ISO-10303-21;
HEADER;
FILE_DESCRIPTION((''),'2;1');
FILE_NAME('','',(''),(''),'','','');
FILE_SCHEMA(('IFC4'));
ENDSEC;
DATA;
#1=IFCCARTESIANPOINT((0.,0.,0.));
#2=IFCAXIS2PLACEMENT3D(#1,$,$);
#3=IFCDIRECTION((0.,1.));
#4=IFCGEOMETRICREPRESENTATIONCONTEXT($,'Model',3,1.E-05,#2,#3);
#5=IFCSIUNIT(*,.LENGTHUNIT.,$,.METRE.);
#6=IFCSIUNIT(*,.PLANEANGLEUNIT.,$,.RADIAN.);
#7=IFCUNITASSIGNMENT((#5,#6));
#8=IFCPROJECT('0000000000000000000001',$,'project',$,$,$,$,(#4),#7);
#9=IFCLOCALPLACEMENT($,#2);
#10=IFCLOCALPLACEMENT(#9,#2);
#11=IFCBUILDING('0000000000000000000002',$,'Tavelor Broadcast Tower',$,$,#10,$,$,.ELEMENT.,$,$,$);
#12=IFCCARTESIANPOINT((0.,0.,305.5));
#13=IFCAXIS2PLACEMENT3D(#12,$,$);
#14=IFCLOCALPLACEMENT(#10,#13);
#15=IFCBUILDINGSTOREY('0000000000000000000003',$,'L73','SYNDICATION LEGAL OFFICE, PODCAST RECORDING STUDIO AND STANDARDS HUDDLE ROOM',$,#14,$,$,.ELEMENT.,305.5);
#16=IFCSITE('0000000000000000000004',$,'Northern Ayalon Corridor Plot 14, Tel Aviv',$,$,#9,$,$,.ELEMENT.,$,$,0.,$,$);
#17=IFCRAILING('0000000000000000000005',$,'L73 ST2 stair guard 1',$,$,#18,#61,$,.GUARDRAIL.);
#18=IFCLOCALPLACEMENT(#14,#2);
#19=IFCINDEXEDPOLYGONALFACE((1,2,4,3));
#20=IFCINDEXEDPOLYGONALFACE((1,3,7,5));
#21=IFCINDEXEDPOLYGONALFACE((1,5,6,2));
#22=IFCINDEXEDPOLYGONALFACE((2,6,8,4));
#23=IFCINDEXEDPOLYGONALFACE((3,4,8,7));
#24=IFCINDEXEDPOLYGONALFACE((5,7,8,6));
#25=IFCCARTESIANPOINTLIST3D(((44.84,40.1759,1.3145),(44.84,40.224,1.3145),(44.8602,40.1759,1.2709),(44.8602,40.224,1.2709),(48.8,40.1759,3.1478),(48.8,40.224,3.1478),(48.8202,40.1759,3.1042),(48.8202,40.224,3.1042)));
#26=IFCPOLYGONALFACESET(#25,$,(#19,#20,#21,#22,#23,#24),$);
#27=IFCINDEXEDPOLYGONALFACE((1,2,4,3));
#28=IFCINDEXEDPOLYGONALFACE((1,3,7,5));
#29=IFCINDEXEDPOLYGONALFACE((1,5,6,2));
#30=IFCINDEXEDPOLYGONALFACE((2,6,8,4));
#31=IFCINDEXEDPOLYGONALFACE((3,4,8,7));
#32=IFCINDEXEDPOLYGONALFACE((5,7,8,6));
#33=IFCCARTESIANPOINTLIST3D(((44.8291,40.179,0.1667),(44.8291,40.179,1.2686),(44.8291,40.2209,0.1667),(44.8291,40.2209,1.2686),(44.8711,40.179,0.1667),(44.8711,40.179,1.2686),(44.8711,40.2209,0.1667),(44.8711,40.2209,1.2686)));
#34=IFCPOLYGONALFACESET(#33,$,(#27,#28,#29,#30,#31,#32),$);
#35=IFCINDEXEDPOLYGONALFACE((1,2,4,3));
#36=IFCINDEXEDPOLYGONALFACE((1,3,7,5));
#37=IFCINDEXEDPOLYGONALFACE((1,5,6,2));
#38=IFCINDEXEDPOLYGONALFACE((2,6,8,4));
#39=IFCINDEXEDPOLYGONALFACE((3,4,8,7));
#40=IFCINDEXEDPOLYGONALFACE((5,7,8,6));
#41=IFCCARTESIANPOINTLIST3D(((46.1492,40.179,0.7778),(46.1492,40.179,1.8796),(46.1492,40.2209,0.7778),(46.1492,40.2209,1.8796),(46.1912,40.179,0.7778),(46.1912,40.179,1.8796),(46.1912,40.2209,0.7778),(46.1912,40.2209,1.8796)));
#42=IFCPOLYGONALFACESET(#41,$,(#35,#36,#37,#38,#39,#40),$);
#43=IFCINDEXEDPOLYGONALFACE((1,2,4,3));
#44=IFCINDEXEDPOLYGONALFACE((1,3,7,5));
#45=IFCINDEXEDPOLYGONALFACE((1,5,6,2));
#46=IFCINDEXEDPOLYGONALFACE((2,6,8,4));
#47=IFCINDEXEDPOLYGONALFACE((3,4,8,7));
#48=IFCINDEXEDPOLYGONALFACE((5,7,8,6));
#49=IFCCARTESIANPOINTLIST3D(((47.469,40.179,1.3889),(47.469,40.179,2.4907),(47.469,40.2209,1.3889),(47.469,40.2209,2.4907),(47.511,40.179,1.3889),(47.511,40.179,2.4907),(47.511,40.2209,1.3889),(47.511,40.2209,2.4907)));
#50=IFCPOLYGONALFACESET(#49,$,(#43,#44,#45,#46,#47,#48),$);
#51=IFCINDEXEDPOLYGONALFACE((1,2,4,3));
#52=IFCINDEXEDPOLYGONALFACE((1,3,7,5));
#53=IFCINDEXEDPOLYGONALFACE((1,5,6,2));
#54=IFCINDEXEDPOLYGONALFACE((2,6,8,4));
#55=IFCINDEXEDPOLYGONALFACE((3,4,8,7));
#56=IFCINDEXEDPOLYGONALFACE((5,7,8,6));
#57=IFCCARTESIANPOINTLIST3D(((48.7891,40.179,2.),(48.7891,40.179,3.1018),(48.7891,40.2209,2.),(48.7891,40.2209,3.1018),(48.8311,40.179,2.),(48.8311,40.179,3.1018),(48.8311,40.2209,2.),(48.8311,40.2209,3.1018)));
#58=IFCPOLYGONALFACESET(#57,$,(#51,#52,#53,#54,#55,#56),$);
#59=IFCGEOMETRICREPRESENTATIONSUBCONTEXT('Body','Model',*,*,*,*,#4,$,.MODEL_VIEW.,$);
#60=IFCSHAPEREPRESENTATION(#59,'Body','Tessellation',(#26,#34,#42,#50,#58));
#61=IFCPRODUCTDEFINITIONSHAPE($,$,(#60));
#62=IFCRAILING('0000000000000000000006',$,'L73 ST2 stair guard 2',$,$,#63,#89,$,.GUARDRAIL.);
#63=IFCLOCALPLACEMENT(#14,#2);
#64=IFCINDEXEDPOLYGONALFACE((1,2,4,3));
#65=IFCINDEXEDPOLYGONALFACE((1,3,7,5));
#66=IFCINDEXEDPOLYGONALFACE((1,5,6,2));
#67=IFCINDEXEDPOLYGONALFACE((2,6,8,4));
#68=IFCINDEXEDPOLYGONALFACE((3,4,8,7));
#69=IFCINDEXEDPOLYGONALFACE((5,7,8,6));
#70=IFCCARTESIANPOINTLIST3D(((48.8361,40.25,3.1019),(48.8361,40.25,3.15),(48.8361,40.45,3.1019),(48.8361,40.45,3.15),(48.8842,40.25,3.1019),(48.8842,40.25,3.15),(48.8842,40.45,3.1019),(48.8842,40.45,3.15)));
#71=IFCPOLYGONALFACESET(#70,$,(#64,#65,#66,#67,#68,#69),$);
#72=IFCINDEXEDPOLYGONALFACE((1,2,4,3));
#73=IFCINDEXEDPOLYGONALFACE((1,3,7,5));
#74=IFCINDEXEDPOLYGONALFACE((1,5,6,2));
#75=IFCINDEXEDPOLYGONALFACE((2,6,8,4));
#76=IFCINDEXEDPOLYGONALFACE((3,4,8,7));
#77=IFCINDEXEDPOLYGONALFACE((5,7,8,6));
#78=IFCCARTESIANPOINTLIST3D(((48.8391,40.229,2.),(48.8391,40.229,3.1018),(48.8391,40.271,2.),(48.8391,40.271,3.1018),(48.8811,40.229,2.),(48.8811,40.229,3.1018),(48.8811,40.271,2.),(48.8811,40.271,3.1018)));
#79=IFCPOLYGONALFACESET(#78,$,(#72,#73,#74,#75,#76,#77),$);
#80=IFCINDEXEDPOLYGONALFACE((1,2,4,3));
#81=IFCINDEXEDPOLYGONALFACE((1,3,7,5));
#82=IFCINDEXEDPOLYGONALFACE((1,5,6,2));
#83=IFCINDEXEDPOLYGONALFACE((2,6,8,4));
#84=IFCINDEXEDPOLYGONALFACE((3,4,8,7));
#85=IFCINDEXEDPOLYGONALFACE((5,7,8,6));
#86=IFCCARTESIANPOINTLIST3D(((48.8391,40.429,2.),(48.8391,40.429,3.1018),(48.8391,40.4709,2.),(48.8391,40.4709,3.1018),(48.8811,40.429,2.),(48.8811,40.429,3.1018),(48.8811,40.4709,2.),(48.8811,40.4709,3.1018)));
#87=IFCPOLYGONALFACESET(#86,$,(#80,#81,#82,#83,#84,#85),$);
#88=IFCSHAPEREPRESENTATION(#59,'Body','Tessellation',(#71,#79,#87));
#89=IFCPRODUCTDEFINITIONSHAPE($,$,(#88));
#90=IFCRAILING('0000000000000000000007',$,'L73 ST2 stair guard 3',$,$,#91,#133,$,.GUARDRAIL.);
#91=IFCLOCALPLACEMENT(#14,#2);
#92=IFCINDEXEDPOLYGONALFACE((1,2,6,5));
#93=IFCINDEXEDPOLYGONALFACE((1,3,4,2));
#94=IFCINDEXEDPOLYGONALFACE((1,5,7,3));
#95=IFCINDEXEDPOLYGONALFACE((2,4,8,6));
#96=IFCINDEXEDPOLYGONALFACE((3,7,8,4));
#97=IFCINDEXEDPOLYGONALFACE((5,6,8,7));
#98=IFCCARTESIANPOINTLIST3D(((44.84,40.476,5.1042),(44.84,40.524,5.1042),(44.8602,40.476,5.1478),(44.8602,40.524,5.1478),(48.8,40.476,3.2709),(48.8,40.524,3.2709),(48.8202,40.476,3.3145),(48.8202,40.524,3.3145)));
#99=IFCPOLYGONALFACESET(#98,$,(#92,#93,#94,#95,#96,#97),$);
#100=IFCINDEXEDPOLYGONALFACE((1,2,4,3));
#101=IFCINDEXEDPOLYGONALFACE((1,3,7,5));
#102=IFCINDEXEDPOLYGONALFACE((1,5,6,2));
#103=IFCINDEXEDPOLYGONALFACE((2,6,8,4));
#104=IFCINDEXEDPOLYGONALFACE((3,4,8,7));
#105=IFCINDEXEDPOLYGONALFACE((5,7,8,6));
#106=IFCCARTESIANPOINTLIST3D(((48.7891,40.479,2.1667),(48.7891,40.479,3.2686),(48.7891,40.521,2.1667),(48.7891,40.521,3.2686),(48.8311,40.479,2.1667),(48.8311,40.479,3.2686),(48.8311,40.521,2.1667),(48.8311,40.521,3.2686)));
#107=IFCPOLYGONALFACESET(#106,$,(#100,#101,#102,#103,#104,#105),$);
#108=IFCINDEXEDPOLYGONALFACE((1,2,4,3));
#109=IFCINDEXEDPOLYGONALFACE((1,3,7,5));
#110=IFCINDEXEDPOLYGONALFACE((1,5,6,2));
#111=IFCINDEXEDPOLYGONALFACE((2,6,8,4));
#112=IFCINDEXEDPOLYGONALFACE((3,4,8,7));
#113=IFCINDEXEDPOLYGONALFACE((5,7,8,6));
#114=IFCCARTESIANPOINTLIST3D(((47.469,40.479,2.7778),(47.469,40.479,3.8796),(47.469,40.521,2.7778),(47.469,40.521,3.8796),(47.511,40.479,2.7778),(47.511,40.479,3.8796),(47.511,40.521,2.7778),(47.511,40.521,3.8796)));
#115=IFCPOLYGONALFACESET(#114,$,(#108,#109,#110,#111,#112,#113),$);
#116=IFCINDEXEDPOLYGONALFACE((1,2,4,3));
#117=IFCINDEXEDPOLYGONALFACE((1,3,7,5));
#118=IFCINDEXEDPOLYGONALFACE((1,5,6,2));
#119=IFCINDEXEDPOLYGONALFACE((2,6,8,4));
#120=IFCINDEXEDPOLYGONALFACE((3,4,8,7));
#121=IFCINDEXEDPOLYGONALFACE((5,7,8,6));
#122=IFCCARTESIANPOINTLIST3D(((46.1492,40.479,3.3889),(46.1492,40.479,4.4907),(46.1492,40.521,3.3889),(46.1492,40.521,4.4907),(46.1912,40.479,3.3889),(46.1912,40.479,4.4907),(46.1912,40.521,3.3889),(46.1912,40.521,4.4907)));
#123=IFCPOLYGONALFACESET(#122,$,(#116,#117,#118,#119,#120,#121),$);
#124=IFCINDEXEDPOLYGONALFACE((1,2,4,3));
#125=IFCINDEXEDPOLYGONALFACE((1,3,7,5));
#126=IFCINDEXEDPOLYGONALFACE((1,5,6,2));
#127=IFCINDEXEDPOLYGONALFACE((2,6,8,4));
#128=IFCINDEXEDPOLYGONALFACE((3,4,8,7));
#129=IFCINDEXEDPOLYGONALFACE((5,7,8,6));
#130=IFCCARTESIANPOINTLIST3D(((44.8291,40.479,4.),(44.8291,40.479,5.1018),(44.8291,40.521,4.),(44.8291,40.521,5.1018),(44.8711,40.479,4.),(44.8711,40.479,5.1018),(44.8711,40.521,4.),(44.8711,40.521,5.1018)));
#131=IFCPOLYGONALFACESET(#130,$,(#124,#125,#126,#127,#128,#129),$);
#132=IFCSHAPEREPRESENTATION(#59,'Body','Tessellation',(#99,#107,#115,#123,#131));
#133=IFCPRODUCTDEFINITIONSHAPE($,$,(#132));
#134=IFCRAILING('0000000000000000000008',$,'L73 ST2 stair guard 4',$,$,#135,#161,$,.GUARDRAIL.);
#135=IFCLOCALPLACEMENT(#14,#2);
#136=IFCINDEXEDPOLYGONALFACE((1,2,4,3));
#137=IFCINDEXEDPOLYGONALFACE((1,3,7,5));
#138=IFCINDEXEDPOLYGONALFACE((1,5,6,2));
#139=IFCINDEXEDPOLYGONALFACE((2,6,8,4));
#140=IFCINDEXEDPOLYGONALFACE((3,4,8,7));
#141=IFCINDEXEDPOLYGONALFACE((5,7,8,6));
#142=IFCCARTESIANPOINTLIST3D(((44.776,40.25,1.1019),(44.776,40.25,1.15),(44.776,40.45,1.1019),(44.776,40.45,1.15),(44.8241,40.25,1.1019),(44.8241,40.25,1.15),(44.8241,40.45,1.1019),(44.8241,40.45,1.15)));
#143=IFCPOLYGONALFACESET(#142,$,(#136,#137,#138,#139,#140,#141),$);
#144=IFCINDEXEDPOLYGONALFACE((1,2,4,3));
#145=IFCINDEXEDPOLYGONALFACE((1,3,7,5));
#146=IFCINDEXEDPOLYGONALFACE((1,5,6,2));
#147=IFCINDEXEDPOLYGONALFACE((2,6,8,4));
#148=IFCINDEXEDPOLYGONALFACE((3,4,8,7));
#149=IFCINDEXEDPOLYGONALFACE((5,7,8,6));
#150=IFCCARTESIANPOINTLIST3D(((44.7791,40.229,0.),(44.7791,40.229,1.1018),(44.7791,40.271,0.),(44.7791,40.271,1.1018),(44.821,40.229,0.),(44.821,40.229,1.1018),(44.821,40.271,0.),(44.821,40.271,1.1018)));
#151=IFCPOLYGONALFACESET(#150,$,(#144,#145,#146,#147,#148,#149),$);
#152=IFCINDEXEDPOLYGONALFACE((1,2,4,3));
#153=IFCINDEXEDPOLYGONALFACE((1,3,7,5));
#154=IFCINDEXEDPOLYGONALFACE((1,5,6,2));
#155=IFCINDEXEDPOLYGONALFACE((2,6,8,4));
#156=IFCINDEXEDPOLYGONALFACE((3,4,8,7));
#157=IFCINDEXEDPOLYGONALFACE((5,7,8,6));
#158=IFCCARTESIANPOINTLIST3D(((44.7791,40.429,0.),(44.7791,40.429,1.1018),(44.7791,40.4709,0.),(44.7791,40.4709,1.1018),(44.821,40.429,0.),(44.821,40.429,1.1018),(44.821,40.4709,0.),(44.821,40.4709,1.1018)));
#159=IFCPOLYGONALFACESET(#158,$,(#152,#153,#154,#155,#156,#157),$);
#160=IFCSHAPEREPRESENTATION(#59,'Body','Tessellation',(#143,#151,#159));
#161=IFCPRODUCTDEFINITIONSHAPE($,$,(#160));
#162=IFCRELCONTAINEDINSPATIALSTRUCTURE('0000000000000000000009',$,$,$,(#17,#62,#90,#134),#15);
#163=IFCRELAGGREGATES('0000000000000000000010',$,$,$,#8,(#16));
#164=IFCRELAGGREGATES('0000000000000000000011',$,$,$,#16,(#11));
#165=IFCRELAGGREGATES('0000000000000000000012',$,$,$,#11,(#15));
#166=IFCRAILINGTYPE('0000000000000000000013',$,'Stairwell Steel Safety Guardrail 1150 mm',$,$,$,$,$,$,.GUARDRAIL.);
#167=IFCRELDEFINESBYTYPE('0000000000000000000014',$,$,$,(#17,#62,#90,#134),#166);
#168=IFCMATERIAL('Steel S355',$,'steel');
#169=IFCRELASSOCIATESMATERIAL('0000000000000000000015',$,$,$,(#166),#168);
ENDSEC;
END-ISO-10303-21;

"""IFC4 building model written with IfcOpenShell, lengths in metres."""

from ifc_helpers import new_model, si_unit, direction, frame, origin, origin_2d, place, context, subcontext, project, spatial, rectangle, extrude, material, type_object, element, save


model = new_model("IFC4")

# Units and contexts
model_context = context("Model", 3, precision=1e-05, world=origin(), true_north=direction((0.0, 1.0)))
body_context = subcontext(model_context, "Body", "Model", "MODEL_VIEW")
ifc_project = project(units=[si_unit("LENGTHUNIT", "METRE"), si_unit("PLANEANGLEUNIT", "RADIAN")], contexts=[model_context])

# Site, building, storey
site_placement = place(None, origin())
site = spatial("IfcSite", under=ifc_project, at=site_placement, Name="Northern Ayalon Corridor Plot 14, Tel Aviv", CompositionType="ELEMENT", RefElevation=0.0)
building_placement = place(site_placement, origin())
building = spatial("IfcBuilding", under=site, at=building_placement, Name="Tavelor Broadcast Tower", CompositionType="ELEMENT")
storey_placement = place(building_placement, frame((0.0, 0.0, 305.5)))
storey = spatial("IfcBuildingStorey", under=building, at=storey_placement, Name="L73", Description="SYNDICATION LEGAL OFFICE, PODCAST RECORDING STUDIO AND STANDARDS HUDDLE ROOM", CompositionType="ELEMENT", Elevation=305.5)

# Shared definitions
ifc_material_1 = material(Name="Steel S355", Category="steel")

# Railings
railing_type_1 = type_object("IfcRailingType", Name="Stairwell Steel Safety Guardrail 1150 mm", PredefinedType="GUARDRAIL", material=ifc_material_1)
railing_1_placement = place(storey_placement, frame((44.8501, 40.2, 0.1667)))
element("IfcRailing", 1, at=railing_1_placement, inside=storey, type_object=railing_type_1, Name="L73 ST2 stair guard 1", PredefinedType="GUARDRAIL", context=body_context, shape_type="SweptSolid", body=[
    extrude(rectangle(XDim=0.0481, YDim=0.0481, at=origin_2d()), frame((0.0, 0.0, 1.126), z_axis=(0.907472, 0.0, 0.420112), x_axis=(0.0, 1.0, 0.0)), (0.0, 0.0, 1.0), 4.3638),
    extrude(rectangle(XDim=0.042, YDim=0.042, at=origin_2d()), origin(), (0.0, 0.0, 1.0), 1.1018),
    extrude(rectangle(XDim=0.042, YDim=0.042, at=origin_2d()), frame((1.3201, 0.0, 0.6111)), (0.0, 0.0, 1.0), 1.1018),
    extrude(rectangle(XDim=0.042, YDim=0.042, at=origin_2d()), frame((2.6399, 0.0, 1.2222)), (0.0, 0.0, 1.0), 1.1018),
    extrude(rectangle(XDim=0.042, YDim=0.042, at=origin_2d()), frame((3.96, 0.0, 1.8333)), (0.0, 0.0, 1.0), 1.1018),
])
railing_2_placement = place(storey_placement, frame((48.8601, 40.25, 2.0)))
element("IfcRailing", 2, at=railing_2_placement, inside=storey, type_object=railing_type_1, Name="L73 ST2 stair guard 2", PredefinedType="GUARDRAIL", context=body_context, shape_type="SweptSolid", body=[
    extrude(rectangle(XDim=0.0481, YDim=0.0481, at=origin_2d()), frame((0.0, 0.0, 1.126), z_axis=(0.0, 1.0, 0.0), x_axis=(-1.0, 0.0, 0.0)), (0.0, 0.0, 1.0), 0.2),
    extrude(rectangle(XDim=0.042, YDim=0.042, at=origin_2d()), origin(), (0.0, 0.0, 1.0), 1.1018),
    extrude(rectangle(XDim=0.042, YDim=0.042, at=origin_2d()), frame((0.0, 0.2, 0.0)), (0.0, 0.0, 1.0), 1.1018),
])
railing_3_placement = place(storey_placement, frame((48.8101, 40.5, 2.1667)))
element("IfcRailing", 3, at=railing_3_placement, inside=storey, type_object=railing_type_1, Name="L73 ST2 stair guard 3", PredefinedType="GUARDRAIL", context=body_context, shape_type="SweptSolid", body=[
    extrude(rectangle(XDim=0.0481, YDim=0.0481, at=origin_2d()), frame((0.0, 0.0, 1.126), z_axis=(-0.907472, 0.0, 0.420112), x_axis=(0.0, -1.0, 0.0)), (0.0, 0.0, 1.0), 4.3638),
    extrude(rectangle(XDim=0.042, YDim=0.042, at=origin_2d()), origin(), (0.0, 0.0, 1.0), 1.1018),
    extrude(rectangle(XDim=0.042, YDim=0.042, at=origin_2d()), frame((-1.3201, 0.0, 0.6111)), (0.0, 0.0, 1.0), 1.1018),
    extrude(rectangle(XDim=0.042, YDim=0.042, at=origin_2d()), frame((-2.6399, 0.0, 1.2222)), (0.0, 0.0, 1.0), 1.1018),
    extrude(rectangle(XDim=0.042, YDim=0.042, at=origin_2d()), frame((-3.96, 0.0, 1.8333)), (0.0, 0.0, 1.0), 1.1018),
])
railing_4_placement = place(storey_placement, frame((44.8, 40.25, 0.0)))
element("IfcRailing", 4, at=railing_4_placement, inside=storey, type_object=railing_type_1, Name="L73 ST2 stair guard 4", PredefinedType="GUARDRAIL", context=body_context, shape_type="SweptSolid", body=[
    extrude(rectangle(XDim=0.0481, YDim=0.0481, at=origin_2d()), frame((0.0, 0.0, 1.126), z_axis=(0.0, 1.0, 0.0), x_axis=(-1.0, 0.0, 0.0)), (0.0, 0.0, 1.0), 0.2),
    extrude(rectangle(XDim=0.042, YDim=0.042, at=origin_2d()), origin(), (0.0, 0.0, 1.0), 1.1018),
    extrude(rectangle(XDim=0.042, YDim=0.042, at=origin_2d()), frame((0.0, 0.2, 0.0)), (0.0, 0.0, 1.0), 1.1018),
])

save(model, "model.ifc")
